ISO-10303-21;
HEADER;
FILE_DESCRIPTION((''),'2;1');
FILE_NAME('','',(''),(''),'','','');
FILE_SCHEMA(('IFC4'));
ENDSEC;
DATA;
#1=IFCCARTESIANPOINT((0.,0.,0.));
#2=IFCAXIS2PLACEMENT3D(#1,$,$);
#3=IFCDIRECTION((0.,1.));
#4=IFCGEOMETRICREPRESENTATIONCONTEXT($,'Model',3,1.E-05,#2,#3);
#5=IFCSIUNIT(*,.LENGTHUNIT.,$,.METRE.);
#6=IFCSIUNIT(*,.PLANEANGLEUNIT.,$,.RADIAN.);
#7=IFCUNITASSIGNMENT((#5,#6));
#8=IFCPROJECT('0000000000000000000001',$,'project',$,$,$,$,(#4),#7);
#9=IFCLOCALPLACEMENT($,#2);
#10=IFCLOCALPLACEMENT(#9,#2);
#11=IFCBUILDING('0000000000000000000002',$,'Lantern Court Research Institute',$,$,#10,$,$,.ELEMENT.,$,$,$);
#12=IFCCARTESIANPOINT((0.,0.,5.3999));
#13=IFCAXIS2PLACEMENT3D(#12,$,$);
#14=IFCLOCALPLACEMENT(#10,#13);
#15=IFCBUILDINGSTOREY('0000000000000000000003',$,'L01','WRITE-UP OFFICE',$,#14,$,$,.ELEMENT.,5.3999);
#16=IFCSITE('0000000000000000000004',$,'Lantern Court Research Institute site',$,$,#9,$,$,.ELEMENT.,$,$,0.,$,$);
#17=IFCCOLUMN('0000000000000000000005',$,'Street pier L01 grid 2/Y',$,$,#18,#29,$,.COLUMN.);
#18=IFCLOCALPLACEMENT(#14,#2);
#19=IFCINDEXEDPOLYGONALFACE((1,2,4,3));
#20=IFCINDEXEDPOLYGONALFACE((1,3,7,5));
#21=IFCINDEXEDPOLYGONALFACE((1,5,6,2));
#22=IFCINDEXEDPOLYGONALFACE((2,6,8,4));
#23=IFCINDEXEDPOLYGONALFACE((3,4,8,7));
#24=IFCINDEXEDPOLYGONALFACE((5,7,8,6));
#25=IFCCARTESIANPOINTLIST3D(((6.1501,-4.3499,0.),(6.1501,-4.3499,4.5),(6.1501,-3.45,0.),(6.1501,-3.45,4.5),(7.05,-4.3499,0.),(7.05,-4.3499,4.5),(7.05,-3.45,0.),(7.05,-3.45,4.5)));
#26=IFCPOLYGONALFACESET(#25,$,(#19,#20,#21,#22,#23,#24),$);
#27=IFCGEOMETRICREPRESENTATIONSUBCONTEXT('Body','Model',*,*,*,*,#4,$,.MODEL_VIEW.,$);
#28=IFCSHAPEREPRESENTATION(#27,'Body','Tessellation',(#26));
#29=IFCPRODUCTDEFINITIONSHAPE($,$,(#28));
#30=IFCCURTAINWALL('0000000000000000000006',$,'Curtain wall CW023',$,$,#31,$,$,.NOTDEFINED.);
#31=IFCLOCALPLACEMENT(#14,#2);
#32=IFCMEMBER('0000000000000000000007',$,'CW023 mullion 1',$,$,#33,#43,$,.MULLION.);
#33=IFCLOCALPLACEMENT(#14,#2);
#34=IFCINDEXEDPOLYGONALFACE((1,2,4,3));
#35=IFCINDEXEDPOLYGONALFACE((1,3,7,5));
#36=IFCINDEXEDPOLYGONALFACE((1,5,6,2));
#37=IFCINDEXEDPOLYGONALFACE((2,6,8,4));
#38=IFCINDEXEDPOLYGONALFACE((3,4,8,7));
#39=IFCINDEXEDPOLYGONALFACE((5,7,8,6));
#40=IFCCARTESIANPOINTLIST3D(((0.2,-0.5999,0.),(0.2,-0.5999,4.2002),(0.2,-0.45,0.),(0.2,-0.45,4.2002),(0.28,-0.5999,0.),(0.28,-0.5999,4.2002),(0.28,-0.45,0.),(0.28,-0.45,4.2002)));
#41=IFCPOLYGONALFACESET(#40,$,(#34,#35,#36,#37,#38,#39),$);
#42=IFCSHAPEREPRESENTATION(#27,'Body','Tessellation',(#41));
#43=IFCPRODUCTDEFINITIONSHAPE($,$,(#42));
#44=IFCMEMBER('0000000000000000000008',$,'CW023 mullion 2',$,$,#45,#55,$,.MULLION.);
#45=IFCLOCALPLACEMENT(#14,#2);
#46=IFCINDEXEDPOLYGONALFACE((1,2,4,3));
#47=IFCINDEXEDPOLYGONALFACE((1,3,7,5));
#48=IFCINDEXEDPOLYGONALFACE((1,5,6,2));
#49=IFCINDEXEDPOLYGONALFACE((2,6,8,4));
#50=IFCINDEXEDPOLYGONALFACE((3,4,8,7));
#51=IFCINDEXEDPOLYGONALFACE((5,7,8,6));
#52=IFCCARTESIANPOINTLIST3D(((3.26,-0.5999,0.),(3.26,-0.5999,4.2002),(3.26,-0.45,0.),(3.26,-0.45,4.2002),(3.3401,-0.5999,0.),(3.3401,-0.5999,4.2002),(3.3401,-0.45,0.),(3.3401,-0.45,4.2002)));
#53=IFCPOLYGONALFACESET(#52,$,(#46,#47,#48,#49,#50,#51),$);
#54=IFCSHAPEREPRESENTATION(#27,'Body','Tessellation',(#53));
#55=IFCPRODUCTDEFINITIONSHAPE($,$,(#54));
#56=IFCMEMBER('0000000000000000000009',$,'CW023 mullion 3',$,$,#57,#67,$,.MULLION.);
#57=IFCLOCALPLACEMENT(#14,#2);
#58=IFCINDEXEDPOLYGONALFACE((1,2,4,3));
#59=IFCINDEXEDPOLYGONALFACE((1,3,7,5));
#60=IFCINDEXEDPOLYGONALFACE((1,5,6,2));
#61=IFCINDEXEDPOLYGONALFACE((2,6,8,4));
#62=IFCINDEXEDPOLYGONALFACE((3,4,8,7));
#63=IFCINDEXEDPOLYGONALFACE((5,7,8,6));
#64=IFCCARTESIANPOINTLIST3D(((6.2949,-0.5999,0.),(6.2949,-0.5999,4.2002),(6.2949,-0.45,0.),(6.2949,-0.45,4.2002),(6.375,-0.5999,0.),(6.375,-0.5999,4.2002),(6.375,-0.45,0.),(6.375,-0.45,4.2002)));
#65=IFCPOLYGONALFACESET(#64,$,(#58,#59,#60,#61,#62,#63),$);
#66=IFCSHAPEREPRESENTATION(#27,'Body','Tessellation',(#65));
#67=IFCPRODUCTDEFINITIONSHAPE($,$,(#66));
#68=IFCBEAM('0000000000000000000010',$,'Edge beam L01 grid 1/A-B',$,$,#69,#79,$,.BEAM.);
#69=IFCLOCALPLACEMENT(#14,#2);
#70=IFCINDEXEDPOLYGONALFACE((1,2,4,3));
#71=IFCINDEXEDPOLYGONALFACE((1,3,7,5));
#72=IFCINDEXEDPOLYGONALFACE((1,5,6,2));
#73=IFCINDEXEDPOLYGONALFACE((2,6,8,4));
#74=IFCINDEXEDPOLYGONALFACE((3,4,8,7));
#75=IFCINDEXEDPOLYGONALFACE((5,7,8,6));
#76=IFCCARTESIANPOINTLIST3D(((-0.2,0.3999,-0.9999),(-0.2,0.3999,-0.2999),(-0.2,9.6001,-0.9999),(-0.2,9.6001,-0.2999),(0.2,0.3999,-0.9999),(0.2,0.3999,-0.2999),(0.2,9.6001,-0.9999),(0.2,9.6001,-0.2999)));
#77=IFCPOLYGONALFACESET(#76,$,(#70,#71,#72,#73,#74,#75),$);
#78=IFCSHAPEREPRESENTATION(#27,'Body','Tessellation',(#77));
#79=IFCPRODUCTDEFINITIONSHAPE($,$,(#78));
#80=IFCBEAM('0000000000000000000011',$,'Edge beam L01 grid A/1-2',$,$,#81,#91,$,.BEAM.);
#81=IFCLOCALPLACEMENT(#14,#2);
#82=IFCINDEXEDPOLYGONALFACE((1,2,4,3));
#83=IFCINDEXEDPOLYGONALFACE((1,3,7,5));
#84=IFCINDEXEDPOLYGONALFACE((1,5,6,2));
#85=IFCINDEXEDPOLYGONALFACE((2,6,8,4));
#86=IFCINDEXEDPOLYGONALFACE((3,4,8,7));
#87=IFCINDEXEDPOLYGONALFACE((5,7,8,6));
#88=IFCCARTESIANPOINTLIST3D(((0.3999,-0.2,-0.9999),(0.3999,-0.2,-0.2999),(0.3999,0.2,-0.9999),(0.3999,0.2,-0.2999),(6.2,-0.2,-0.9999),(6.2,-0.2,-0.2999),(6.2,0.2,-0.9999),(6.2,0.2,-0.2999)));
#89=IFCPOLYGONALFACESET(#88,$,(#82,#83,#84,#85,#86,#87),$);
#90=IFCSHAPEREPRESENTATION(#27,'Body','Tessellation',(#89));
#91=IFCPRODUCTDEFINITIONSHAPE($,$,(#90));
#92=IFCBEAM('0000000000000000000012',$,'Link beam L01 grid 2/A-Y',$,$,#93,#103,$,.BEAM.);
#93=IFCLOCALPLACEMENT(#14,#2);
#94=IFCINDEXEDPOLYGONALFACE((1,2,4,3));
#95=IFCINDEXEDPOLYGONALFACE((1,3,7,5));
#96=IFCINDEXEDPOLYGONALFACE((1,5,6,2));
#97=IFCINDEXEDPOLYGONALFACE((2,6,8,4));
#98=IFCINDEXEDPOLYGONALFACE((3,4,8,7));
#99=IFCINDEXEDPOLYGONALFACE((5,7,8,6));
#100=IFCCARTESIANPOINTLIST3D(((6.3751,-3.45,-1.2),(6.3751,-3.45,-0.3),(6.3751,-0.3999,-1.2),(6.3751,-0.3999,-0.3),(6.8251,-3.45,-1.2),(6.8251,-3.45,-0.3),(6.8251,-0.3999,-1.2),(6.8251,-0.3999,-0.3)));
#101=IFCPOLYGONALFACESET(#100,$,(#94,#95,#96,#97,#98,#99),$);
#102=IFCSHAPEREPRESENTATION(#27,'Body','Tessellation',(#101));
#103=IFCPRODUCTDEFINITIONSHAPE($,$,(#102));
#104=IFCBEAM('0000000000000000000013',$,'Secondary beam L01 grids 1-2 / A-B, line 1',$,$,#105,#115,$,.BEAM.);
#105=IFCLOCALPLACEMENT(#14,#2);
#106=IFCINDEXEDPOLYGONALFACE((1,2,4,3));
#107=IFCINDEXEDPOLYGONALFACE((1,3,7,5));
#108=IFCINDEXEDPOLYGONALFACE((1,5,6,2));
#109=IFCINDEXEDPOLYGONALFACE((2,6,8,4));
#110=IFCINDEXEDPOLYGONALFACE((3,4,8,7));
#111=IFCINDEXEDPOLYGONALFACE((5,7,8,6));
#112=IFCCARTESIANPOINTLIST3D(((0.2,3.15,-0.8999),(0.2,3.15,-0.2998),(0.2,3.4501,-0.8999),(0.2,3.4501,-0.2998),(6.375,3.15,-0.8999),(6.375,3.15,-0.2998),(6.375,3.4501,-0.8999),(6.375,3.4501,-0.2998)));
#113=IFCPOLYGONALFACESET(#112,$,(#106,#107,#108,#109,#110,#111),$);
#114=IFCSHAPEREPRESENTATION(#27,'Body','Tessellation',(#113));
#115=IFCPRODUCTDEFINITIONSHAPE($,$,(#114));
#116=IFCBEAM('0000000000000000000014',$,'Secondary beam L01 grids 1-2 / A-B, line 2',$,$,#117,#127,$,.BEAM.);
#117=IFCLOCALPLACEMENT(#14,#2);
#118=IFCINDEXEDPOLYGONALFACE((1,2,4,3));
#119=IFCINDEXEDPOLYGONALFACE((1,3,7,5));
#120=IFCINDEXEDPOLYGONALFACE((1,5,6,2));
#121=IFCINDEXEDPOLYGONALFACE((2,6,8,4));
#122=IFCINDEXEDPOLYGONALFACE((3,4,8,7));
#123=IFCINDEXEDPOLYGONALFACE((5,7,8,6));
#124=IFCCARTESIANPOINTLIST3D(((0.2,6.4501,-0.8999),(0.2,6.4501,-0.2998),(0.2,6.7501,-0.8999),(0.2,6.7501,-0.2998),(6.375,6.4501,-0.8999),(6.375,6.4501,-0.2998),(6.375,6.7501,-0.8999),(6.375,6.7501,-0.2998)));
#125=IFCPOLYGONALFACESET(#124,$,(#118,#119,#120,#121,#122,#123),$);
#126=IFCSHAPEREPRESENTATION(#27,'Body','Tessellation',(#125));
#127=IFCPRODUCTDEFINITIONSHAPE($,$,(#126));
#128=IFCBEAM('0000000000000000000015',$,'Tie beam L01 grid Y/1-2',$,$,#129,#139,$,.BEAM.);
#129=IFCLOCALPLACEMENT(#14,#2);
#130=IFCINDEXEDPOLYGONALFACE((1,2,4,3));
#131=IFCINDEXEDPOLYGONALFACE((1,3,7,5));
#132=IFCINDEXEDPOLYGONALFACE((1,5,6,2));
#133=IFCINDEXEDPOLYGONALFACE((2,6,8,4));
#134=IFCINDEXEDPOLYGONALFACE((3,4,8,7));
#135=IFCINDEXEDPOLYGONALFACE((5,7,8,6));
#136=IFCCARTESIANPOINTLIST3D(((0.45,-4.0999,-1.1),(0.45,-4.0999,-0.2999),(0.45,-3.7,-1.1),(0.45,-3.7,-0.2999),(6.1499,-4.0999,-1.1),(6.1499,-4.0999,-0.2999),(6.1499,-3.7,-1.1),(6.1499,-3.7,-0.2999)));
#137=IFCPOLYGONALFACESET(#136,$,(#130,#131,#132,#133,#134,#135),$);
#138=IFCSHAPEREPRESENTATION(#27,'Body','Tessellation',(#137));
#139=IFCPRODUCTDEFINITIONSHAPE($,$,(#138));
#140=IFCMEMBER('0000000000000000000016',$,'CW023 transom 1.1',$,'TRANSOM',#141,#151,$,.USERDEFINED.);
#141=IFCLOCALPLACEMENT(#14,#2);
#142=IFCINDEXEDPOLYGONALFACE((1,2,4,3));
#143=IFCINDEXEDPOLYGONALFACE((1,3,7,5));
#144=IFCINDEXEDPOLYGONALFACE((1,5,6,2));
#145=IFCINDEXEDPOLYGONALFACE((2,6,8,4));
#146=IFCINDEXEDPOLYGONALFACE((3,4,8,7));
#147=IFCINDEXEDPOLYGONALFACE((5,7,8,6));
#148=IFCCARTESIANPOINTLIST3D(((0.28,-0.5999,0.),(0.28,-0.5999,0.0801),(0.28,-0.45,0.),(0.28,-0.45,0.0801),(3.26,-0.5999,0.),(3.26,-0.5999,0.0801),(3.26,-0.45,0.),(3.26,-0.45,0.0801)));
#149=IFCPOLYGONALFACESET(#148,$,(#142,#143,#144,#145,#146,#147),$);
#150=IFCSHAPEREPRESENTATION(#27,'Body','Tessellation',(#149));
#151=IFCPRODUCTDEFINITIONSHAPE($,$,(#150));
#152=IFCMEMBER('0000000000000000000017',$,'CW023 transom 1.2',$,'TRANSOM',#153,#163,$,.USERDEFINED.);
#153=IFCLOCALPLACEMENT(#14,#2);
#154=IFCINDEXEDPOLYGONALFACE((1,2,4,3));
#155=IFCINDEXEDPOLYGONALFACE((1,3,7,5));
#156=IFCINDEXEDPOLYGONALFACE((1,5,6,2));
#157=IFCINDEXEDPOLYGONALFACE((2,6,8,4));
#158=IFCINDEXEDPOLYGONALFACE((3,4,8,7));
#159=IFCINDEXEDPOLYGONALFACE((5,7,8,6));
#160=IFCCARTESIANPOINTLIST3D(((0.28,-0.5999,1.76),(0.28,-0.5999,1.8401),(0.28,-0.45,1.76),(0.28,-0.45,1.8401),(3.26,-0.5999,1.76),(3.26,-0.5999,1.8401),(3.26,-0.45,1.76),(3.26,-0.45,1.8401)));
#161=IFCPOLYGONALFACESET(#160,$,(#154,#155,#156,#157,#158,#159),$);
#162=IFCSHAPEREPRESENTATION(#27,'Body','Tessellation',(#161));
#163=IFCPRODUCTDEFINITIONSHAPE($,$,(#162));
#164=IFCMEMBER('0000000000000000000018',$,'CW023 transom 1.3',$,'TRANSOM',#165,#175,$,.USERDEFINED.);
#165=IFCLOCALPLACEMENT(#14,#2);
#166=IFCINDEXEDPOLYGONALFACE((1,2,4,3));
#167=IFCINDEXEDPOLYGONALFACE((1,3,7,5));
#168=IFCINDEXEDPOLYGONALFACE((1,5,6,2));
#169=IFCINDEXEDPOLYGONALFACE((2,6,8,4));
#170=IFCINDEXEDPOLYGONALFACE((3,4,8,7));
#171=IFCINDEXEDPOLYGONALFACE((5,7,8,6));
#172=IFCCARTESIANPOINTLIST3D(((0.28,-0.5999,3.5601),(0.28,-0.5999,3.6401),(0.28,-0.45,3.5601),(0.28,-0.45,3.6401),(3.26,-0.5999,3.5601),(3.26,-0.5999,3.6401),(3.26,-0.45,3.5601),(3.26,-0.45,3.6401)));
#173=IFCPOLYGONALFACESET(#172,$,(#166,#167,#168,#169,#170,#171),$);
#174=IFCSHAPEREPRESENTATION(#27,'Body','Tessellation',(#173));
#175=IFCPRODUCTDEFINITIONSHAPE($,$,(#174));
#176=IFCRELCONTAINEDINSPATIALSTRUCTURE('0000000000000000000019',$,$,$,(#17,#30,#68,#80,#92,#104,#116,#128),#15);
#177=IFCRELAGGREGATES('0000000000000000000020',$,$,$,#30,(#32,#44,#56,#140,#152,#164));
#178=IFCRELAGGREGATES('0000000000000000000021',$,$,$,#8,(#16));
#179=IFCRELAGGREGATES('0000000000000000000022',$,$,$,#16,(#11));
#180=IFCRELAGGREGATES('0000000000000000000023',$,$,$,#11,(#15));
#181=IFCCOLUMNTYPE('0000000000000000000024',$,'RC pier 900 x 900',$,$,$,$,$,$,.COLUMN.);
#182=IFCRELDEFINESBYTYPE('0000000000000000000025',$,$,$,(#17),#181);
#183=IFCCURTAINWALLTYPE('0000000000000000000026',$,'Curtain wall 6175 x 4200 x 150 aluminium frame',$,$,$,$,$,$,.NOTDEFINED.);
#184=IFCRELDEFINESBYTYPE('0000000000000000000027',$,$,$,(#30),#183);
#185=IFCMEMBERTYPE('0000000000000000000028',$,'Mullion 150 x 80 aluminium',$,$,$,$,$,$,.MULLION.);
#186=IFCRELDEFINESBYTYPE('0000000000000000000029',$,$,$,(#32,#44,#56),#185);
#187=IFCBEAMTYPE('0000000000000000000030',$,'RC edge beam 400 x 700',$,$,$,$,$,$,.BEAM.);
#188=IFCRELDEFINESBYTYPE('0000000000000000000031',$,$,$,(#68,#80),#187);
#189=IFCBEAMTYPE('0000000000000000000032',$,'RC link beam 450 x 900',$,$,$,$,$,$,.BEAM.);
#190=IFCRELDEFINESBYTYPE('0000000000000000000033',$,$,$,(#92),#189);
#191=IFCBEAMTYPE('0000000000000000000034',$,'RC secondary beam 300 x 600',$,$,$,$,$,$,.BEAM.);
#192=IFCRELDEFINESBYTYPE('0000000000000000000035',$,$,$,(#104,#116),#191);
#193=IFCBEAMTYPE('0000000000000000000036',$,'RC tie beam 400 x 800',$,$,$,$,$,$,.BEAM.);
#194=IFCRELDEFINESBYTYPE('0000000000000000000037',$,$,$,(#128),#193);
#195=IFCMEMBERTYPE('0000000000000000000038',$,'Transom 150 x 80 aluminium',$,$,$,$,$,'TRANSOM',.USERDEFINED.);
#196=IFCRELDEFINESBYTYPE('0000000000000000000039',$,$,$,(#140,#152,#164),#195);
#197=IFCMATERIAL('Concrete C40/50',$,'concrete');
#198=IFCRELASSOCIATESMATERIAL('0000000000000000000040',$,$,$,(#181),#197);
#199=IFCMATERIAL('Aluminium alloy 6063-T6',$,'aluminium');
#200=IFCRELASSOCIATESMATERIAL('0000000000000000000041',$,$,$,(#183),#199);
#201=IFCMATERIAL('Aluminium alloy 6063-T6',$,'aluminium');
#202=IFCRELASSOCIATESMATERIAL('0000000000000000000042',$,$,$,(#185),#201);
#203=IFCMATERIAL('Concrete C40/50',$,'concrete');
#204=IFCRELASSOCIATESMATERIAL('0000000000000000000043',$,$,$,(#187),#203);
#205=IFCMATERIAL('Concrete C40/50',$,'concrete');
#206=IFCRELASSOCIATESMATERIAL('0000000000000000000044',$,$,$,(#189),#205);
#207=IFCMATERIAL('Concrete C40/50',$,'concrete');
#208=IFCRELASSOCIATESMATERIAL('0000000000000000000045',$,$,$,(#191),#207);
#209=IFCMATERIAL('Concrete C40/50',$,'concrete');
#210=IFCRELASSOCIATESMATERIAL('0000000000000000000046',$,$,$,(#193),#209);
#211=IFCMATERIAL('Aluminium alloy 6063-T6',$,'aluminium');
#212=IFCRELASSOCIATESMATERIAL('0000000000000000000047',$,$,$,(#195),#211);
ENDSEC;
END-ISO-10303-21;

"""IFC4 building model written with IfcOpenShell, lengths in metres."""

from ifc_helpers import new_model, si_unit, direction, frame, origin, origin_2d, place, context, subcontext, project, spatial, rectangle, extrude, material, material_profile, profile_set, type_object, element, aggregate, save


model = new_model("IFC4")

# Units and contexts
model_context = context("Model", 3, precision=1e-05, world=origin(), true_north=direction((0.0, 1.0)))
body_context = subcontext(model_context, "Body", "Model", "MODEL_VIEW")
ifc_project = project(units=[si_unit("LENGTHUNIT", "METRE"), si_unit("PLANEANGLEUNIT", "RADIAN")], contexts=[model_context])

# Site, building, storey
site_placement = place(None, origin())
site = spatial("IfcSite", under=ifc_project, at=site_placement, Name="Lantern Court Research Institute site", CompositionType="ELEMENT", RefElevation=0.0)
building_placement = place(site_placement, origin())
building = spatial("IfcBuilding", under=site, at=building_placement, Name="Lantern Court Research Institute", CompositionType="ELEMENT")
storey_placement = place(building_placement, frame((0.0, 0.0, 5.3999)))
storey = spatial("IfcBuildingStorey", under=building, at=storey_placement, Name="L01", Description="WRITE-UP OFFICE", CompositionType="ELEMENT", Elevation=5.3999)

# Column
ifc_material_1 = material(Name="Concrete C40/50", Category="concrete")
ifc_material_profile_1 = material_profile(ifc_material_1, rectangle(XDim=0.8999, YDim=0.8999, at=origin_2d()), Name="RC column 900 x 900")
ifc_profile_set_1 = profile_set([ifc_material_profile_1], Name="Concrete C40/50")
column_type = type_object("IfcColumnType", Name="RC pier 900 x 900", PredefinedType="COLUMN", material=ifc_profile_set_1)
column_placement = place(storey_placement, frame((6.6001, -3.8999, 0.0), z_axis=(0.0, 0.0, 1.0), x_axis=(1.0, 0.0, 0.0)))
element("IfcColumn", 1, at=column_placement, inside=storey, type_object=column_type, Name="Street pier L01 grid 2/Y", PredefinedType="COLUMN", context=body_context, shape_type="SweptSolid", body=[
    extrude(rectangle(XDim=0.8999, YDim=0.8999, at=origin_2d()), origin(), (0.0, 0.0, 1.0), 4.5),
])

# Curtain wall, members
ifc_material_2 = material(Name="Aluminium alloy 6063-T6", Category="aluminium")
curtain_wall_type = type_object("IfcCurtainWallType", Name="Curtain wall 6175 x 4200 x 150 aluminium frame", PredefinedType="NOTDEFINED", material=ifc_material_2)
curtain_wall_placement = place(storey_placement, origin())
curtain_wall = element("IfcCurtainWall", 2, at=curtain_wall_placement, inside=storey, type_object=curtain_wall_type, Name="Curtain wall CW023", PredefinedType="NOTDEFINED")
ifc_material_3 = material(Name="Aluminium alloy 6063-T6", Category="aluminium")
ifc_material_profile_2 = material_profile(ifc_material_3, rectangle(XDim=0.1499, YDim=0.0801, at=origin_2d()), Name="Mullion 150 x 80")
ifc_profile_set_2 = profile_set([ifc_material_profile_2], Name="Aluminium alloy 6063-T6")
member_type_1 = type_object("IfcMemberType", Name="Mullion 150 x 80 aluminium", PredefinedType="MULLION", material=ifc_profile_set_2)
member_1_placement = place(storey_placement, frame((0.24, -0.5249, 0.0), z_axis=(0.0, 0.0, 1.0), x_axis=(0.0, -1.0, 0.0)))
member_1 = element("IfcMember", 3, at=member_1_placement, type_object=member_type_1, Name="CW023 mullion 1", PredefinedType="MULLION", context=body_context, shape_type="SweptSolid", body=[
    extrude(rectangle(XDim=0.1499, YDim=0.0801, at=origin_2d()), origin(), (0.0, 0.0, 1.0), 4.2002),
])
member_2_placement = place(storey_placement, frame((3.3, -0.5249, 0.0), z_axis=(0.0, 0.0, 1.0), x_axis=(0.0, -1.0, 0.0)))
member_2 = element("IfcMember", 4, at=member_2_placement, type_object=member_type_1, Name="CW023 mullion 2", PredefinedType="MULLION", context=body_context, shape_type="SweptSolid", body=[
    extrude(rectangle(XDim=0.1499, YDim=0.0801, at=origin_2d()), origin(), (0.0, 0.0, 1.0), 4.2002),
])
member_3_placement = place(storey_placement, frame((6.335, -0.5249, 0.0), z_axis=(0.0, 0.0, 1.0), x_axis=(0.0, -1.0, 0.0)))
member_3 = element("IfcMember", 5, at=member_3_placement, type_object=member_type_1, Name="CW023 mullion 3", PredefinedType="MULLION", context=body_context, shape_type="SweptSolid", body=[
    extrude(rectangle(XDim=0.1499, YDim=0.0801, at=origin_2d()), origin(), (0.0, 0.0, 1.0), 4.2002),
])

# Beams
ifc_material_4 = material(Name="Concrete C40/50", Category="concrete")
ifc_material_profile_3 = material_profile(ifc_material_4, rectangle(XDim=0.3999, YDim=0.7, at=origin_2d()), Name="RC beam 400 x 700")
ifc_profile_set_3 = profile_set([ifc_material_profile_3], Name="Concrete C40/50")
beam_type_1 = type_object("IfcBeamType", Name="RC edge beam 400 x 700", PredefinedType="BEAM", material=ifc_profile_set_3)
beam_1_placement = place(storey_placement, frame((0.0, 0.3999, -0.6499), z_axis=(0.0, 1.0, 0.0), x_axis=(-1.0, 0.0, 0.0)))
element("IfcBeam", 6, at=beam_1_placement, inside=storey, type_object=beam_type_1, Name="Edge beam L01 grid 1/A-B", PredefinedType="BEAM", context=body_context, shape_type="SweptSolid", body=[
    extrude(rectangle(XDim=0.3999, YDim=0.7, at=origin_2d()), origin(), (0.0, 0.0, 1.0), 9.2002),
])
beam_2_placement = place(storey_placement, frame((0.3999, 0.0, -0.6499), z_axis=(1.0, 0.0, 0.0), x_axis=(0.0, 1.0, 0.0)))
element("IfcBeam", 7, at=beam_2_placement, inside=storey, type_object=beam_type_1, Name="Edge beam L01 grid A/1-2", PredefinedType="BEAM", context=body_context, shape_type="SweptSolid", body=[
    extrude(rectangle(XDim=0.3999, YDim=0.7, at=origin_2d()), origin(), (0.0, 0.0, 1.0), 5.8),
])
ifc_material_5 = material(Name="Concrete C40/50", Category="concrete")
ifc_material_profile_4 = material_profile(ifc_material_5, rectangle(XDim=0.45, YDim=0.8999, at=origin_2d()), Name="RC beam 450 x 900")
ifc_profile_set_4 = profile_set([ifc_material_profile_4], Name="Concrete C40/50")
beam_type_2 = type_object("IfcBeamType", Name="RC link beam 450 x 900", PredefinedType="BEAM", material=ifc_profile_set_4)
beam_3_placement = place(storey_placement, frame((6.6001, -0.3999, -0.75), z_axis=(0.0, -1.0, 0.0), x_axis=(1.0, 0.0, 0.0)))
element("IfcBeam", 8, at=beam_3_placement, inside=storey, type_object=beam_type_2, Name="Link beam L01 grid 2/A-Y", PredefinedType="BEAM", context=body_context, shape_type="SweptSolid", body=[
    extrude(rectangle(XDim=0.45, YDim=0.8999, at=origin_2d()), origin(), (0.0, 0.0, 1.0), 3.05),
])
ifc_material_6 = material(Name="Concrete C40/50", Category="concrete")
ifc_material_profile_5 = material_profile(ifc_material_6, rectangle(XDim=0.3, YDim=0.6001, at=origin_2d()), Name="RC beam 300 x 600")
ifc_profile_set_5 = profile_set([ifc_material_profile_5], Name="Concrete C40/50")
beam_type_3 = type_object("IfcBeamType", Name="RC secondary beam 300 x 600", PredefinedType="BEAM", material=ifc_profile_set_5)
for number, where, z_axis, x_axis, name in (
    (9, (0.2, 3.3, -0.5999), (1.0, 0.0, 0.0), (0.0, 1.0, 0.0), "Secondary beam L01 grids 1-2 / A-B, line 1"),
    (10, (0.2, 6.6001, -0.5999), (1.0, 0.0, 0.0), (0.0, 1.0, 0.0), "Secondary beam L01 grids 1-2 / A-B, line 2"),
):
    element("IfcBeam", number, at=place(storey_placement, frame(where, z_axis=z_axis, x_axis=x_axis)), inside=storey, type_object=beam_type_3, Name=name, PredefinedType="BEAM", context=body_context, shape_type="SweptSolid", body=[
        extrude(rectangle(XDim=0.3, YDim=0.6001, at=origin_2d()), origin(), (0.0, 0.0, 1.0), 6.175),
    ])
ifc_material_7 = material(Name="Concrete C40/50", Category="concrete")
ifc_material_profile_6 = material_profile(ifc_material_7, rectangle(XDim=0.3999, YDim=0.8, at=origin_2d()), Name="RC beam 400 x 800")
ifc_profile_set_6 = profile_set([ifc_material_profile_6], Name="Concrete C40/50")
beam_type_4 = type_object("IfcBeamType", Name="RC tie beam 400 x 800", PredefinedType="BEAM", material=ifc_profile_set_6)
beam_4_placement = place(storey_placement, frame((0.45, -3.8999, -0.7), z_axis=(1.0, 0.0, 0.0), x_axis=(0.0, 1.0, 0.0)))
element("IfcBeam", 11, at=beam_4_placement, inside=storey, type_object=beam_type_4, Name="Tie beam L01 grid Y/1-2", PredefinedType="BEAM", context=body_context, shape_type="SweptSolid", body=[
    extrude(rectangle(XDim=0.3999, YDim=0.8, at=origin_2d()), origin(), (0.0, 0.0, 1.0), 5.7),
])

# Members
ifc_material_8 = material(Name="Aluminium alloy 6063-T6", Category="aluminium")
ifc_material_profile_7 = material_profile(ifc_material_8, rectangle(XDim=0.1499, YDim=0.0801, at=origin_2d()), Name="Transom 150 x 80")
ifc_profile_set_7 = profile_set([ifc_material_profile_7], Name="Aluminium alloy 6063-T6")
member_type_2 = type_object("IfcMemberType", Name="Transom 150 x 80 aluminium", ElementType="TRANSOM", PredefinedType="USERDEFINED", material=ifc_profile_set_7)
member_4_placement = place(storey_placement, frame((3.26, -0.5249, 0.04), z_axis=(-1.0, 0.0, 0.0), x_axis=(0.0, -1.0, 0.0)))
member_4 = element("IfcMember", 12, at=member_4_placement, type_object=member_type_2, Name="CW023 transom 1.1", ObjectType="TRANSOM", PredefinedType="USERDEFINED", context=body_context, shape_type="SweptSolid", body=[
    extrude(rectangle(XDim=0.1499, YDim=0.0801, at=origin_2d()), origin(), (0.0, 0.0, 1.0), 2.98),
])
member_5_placement = place(storey_placement, frame((3.26, -0.5249, 1.8), z_axis=(-1.0, 0.0, 0.0), x_axis=(0.0, -1.0, 0.0)))
member_5 = element("IfcMember", 13, at=member_5_placement, type_object=member_type_2, Name="CW023 transom 1.2", ObjectType="TRANSOM", PredefinedType="USERDEFINED", context=body_context, shape_type="SweptSolid", body=[
    extrude(rectangle(XDim=0.1499, YDim=0.0801, at=origin_2d()), origin(), (0.0, 0.0, 1.0), 2.98),
])
member_6_placement = place(storey_placement, frame((3.26, -0.5249, 3.6001), z_axis=(-1.0, 0.0, 0.0), x_axis=(0.0, -1.0, 0.0)))
member_6 = element("IfcMember", 14, at=member_6_placement, type_object=member_type_2, Name="CW023 transom 1.3", ObjectType="TRANSOM", PredefinedType="USERDEFINED", context=body_context, shape_type="SweptSolid", body=[
    extrude(rectangle(XDim=0.1499, YDim=0.0801, at=origin_2d()), origin(), (0.0, 0.0, 1.0), 2.98),
])

aggregate(curtain_wall, [member_1, member_2, member_3, member_4, member_5, member_6])

save(model, "model.ifc")
